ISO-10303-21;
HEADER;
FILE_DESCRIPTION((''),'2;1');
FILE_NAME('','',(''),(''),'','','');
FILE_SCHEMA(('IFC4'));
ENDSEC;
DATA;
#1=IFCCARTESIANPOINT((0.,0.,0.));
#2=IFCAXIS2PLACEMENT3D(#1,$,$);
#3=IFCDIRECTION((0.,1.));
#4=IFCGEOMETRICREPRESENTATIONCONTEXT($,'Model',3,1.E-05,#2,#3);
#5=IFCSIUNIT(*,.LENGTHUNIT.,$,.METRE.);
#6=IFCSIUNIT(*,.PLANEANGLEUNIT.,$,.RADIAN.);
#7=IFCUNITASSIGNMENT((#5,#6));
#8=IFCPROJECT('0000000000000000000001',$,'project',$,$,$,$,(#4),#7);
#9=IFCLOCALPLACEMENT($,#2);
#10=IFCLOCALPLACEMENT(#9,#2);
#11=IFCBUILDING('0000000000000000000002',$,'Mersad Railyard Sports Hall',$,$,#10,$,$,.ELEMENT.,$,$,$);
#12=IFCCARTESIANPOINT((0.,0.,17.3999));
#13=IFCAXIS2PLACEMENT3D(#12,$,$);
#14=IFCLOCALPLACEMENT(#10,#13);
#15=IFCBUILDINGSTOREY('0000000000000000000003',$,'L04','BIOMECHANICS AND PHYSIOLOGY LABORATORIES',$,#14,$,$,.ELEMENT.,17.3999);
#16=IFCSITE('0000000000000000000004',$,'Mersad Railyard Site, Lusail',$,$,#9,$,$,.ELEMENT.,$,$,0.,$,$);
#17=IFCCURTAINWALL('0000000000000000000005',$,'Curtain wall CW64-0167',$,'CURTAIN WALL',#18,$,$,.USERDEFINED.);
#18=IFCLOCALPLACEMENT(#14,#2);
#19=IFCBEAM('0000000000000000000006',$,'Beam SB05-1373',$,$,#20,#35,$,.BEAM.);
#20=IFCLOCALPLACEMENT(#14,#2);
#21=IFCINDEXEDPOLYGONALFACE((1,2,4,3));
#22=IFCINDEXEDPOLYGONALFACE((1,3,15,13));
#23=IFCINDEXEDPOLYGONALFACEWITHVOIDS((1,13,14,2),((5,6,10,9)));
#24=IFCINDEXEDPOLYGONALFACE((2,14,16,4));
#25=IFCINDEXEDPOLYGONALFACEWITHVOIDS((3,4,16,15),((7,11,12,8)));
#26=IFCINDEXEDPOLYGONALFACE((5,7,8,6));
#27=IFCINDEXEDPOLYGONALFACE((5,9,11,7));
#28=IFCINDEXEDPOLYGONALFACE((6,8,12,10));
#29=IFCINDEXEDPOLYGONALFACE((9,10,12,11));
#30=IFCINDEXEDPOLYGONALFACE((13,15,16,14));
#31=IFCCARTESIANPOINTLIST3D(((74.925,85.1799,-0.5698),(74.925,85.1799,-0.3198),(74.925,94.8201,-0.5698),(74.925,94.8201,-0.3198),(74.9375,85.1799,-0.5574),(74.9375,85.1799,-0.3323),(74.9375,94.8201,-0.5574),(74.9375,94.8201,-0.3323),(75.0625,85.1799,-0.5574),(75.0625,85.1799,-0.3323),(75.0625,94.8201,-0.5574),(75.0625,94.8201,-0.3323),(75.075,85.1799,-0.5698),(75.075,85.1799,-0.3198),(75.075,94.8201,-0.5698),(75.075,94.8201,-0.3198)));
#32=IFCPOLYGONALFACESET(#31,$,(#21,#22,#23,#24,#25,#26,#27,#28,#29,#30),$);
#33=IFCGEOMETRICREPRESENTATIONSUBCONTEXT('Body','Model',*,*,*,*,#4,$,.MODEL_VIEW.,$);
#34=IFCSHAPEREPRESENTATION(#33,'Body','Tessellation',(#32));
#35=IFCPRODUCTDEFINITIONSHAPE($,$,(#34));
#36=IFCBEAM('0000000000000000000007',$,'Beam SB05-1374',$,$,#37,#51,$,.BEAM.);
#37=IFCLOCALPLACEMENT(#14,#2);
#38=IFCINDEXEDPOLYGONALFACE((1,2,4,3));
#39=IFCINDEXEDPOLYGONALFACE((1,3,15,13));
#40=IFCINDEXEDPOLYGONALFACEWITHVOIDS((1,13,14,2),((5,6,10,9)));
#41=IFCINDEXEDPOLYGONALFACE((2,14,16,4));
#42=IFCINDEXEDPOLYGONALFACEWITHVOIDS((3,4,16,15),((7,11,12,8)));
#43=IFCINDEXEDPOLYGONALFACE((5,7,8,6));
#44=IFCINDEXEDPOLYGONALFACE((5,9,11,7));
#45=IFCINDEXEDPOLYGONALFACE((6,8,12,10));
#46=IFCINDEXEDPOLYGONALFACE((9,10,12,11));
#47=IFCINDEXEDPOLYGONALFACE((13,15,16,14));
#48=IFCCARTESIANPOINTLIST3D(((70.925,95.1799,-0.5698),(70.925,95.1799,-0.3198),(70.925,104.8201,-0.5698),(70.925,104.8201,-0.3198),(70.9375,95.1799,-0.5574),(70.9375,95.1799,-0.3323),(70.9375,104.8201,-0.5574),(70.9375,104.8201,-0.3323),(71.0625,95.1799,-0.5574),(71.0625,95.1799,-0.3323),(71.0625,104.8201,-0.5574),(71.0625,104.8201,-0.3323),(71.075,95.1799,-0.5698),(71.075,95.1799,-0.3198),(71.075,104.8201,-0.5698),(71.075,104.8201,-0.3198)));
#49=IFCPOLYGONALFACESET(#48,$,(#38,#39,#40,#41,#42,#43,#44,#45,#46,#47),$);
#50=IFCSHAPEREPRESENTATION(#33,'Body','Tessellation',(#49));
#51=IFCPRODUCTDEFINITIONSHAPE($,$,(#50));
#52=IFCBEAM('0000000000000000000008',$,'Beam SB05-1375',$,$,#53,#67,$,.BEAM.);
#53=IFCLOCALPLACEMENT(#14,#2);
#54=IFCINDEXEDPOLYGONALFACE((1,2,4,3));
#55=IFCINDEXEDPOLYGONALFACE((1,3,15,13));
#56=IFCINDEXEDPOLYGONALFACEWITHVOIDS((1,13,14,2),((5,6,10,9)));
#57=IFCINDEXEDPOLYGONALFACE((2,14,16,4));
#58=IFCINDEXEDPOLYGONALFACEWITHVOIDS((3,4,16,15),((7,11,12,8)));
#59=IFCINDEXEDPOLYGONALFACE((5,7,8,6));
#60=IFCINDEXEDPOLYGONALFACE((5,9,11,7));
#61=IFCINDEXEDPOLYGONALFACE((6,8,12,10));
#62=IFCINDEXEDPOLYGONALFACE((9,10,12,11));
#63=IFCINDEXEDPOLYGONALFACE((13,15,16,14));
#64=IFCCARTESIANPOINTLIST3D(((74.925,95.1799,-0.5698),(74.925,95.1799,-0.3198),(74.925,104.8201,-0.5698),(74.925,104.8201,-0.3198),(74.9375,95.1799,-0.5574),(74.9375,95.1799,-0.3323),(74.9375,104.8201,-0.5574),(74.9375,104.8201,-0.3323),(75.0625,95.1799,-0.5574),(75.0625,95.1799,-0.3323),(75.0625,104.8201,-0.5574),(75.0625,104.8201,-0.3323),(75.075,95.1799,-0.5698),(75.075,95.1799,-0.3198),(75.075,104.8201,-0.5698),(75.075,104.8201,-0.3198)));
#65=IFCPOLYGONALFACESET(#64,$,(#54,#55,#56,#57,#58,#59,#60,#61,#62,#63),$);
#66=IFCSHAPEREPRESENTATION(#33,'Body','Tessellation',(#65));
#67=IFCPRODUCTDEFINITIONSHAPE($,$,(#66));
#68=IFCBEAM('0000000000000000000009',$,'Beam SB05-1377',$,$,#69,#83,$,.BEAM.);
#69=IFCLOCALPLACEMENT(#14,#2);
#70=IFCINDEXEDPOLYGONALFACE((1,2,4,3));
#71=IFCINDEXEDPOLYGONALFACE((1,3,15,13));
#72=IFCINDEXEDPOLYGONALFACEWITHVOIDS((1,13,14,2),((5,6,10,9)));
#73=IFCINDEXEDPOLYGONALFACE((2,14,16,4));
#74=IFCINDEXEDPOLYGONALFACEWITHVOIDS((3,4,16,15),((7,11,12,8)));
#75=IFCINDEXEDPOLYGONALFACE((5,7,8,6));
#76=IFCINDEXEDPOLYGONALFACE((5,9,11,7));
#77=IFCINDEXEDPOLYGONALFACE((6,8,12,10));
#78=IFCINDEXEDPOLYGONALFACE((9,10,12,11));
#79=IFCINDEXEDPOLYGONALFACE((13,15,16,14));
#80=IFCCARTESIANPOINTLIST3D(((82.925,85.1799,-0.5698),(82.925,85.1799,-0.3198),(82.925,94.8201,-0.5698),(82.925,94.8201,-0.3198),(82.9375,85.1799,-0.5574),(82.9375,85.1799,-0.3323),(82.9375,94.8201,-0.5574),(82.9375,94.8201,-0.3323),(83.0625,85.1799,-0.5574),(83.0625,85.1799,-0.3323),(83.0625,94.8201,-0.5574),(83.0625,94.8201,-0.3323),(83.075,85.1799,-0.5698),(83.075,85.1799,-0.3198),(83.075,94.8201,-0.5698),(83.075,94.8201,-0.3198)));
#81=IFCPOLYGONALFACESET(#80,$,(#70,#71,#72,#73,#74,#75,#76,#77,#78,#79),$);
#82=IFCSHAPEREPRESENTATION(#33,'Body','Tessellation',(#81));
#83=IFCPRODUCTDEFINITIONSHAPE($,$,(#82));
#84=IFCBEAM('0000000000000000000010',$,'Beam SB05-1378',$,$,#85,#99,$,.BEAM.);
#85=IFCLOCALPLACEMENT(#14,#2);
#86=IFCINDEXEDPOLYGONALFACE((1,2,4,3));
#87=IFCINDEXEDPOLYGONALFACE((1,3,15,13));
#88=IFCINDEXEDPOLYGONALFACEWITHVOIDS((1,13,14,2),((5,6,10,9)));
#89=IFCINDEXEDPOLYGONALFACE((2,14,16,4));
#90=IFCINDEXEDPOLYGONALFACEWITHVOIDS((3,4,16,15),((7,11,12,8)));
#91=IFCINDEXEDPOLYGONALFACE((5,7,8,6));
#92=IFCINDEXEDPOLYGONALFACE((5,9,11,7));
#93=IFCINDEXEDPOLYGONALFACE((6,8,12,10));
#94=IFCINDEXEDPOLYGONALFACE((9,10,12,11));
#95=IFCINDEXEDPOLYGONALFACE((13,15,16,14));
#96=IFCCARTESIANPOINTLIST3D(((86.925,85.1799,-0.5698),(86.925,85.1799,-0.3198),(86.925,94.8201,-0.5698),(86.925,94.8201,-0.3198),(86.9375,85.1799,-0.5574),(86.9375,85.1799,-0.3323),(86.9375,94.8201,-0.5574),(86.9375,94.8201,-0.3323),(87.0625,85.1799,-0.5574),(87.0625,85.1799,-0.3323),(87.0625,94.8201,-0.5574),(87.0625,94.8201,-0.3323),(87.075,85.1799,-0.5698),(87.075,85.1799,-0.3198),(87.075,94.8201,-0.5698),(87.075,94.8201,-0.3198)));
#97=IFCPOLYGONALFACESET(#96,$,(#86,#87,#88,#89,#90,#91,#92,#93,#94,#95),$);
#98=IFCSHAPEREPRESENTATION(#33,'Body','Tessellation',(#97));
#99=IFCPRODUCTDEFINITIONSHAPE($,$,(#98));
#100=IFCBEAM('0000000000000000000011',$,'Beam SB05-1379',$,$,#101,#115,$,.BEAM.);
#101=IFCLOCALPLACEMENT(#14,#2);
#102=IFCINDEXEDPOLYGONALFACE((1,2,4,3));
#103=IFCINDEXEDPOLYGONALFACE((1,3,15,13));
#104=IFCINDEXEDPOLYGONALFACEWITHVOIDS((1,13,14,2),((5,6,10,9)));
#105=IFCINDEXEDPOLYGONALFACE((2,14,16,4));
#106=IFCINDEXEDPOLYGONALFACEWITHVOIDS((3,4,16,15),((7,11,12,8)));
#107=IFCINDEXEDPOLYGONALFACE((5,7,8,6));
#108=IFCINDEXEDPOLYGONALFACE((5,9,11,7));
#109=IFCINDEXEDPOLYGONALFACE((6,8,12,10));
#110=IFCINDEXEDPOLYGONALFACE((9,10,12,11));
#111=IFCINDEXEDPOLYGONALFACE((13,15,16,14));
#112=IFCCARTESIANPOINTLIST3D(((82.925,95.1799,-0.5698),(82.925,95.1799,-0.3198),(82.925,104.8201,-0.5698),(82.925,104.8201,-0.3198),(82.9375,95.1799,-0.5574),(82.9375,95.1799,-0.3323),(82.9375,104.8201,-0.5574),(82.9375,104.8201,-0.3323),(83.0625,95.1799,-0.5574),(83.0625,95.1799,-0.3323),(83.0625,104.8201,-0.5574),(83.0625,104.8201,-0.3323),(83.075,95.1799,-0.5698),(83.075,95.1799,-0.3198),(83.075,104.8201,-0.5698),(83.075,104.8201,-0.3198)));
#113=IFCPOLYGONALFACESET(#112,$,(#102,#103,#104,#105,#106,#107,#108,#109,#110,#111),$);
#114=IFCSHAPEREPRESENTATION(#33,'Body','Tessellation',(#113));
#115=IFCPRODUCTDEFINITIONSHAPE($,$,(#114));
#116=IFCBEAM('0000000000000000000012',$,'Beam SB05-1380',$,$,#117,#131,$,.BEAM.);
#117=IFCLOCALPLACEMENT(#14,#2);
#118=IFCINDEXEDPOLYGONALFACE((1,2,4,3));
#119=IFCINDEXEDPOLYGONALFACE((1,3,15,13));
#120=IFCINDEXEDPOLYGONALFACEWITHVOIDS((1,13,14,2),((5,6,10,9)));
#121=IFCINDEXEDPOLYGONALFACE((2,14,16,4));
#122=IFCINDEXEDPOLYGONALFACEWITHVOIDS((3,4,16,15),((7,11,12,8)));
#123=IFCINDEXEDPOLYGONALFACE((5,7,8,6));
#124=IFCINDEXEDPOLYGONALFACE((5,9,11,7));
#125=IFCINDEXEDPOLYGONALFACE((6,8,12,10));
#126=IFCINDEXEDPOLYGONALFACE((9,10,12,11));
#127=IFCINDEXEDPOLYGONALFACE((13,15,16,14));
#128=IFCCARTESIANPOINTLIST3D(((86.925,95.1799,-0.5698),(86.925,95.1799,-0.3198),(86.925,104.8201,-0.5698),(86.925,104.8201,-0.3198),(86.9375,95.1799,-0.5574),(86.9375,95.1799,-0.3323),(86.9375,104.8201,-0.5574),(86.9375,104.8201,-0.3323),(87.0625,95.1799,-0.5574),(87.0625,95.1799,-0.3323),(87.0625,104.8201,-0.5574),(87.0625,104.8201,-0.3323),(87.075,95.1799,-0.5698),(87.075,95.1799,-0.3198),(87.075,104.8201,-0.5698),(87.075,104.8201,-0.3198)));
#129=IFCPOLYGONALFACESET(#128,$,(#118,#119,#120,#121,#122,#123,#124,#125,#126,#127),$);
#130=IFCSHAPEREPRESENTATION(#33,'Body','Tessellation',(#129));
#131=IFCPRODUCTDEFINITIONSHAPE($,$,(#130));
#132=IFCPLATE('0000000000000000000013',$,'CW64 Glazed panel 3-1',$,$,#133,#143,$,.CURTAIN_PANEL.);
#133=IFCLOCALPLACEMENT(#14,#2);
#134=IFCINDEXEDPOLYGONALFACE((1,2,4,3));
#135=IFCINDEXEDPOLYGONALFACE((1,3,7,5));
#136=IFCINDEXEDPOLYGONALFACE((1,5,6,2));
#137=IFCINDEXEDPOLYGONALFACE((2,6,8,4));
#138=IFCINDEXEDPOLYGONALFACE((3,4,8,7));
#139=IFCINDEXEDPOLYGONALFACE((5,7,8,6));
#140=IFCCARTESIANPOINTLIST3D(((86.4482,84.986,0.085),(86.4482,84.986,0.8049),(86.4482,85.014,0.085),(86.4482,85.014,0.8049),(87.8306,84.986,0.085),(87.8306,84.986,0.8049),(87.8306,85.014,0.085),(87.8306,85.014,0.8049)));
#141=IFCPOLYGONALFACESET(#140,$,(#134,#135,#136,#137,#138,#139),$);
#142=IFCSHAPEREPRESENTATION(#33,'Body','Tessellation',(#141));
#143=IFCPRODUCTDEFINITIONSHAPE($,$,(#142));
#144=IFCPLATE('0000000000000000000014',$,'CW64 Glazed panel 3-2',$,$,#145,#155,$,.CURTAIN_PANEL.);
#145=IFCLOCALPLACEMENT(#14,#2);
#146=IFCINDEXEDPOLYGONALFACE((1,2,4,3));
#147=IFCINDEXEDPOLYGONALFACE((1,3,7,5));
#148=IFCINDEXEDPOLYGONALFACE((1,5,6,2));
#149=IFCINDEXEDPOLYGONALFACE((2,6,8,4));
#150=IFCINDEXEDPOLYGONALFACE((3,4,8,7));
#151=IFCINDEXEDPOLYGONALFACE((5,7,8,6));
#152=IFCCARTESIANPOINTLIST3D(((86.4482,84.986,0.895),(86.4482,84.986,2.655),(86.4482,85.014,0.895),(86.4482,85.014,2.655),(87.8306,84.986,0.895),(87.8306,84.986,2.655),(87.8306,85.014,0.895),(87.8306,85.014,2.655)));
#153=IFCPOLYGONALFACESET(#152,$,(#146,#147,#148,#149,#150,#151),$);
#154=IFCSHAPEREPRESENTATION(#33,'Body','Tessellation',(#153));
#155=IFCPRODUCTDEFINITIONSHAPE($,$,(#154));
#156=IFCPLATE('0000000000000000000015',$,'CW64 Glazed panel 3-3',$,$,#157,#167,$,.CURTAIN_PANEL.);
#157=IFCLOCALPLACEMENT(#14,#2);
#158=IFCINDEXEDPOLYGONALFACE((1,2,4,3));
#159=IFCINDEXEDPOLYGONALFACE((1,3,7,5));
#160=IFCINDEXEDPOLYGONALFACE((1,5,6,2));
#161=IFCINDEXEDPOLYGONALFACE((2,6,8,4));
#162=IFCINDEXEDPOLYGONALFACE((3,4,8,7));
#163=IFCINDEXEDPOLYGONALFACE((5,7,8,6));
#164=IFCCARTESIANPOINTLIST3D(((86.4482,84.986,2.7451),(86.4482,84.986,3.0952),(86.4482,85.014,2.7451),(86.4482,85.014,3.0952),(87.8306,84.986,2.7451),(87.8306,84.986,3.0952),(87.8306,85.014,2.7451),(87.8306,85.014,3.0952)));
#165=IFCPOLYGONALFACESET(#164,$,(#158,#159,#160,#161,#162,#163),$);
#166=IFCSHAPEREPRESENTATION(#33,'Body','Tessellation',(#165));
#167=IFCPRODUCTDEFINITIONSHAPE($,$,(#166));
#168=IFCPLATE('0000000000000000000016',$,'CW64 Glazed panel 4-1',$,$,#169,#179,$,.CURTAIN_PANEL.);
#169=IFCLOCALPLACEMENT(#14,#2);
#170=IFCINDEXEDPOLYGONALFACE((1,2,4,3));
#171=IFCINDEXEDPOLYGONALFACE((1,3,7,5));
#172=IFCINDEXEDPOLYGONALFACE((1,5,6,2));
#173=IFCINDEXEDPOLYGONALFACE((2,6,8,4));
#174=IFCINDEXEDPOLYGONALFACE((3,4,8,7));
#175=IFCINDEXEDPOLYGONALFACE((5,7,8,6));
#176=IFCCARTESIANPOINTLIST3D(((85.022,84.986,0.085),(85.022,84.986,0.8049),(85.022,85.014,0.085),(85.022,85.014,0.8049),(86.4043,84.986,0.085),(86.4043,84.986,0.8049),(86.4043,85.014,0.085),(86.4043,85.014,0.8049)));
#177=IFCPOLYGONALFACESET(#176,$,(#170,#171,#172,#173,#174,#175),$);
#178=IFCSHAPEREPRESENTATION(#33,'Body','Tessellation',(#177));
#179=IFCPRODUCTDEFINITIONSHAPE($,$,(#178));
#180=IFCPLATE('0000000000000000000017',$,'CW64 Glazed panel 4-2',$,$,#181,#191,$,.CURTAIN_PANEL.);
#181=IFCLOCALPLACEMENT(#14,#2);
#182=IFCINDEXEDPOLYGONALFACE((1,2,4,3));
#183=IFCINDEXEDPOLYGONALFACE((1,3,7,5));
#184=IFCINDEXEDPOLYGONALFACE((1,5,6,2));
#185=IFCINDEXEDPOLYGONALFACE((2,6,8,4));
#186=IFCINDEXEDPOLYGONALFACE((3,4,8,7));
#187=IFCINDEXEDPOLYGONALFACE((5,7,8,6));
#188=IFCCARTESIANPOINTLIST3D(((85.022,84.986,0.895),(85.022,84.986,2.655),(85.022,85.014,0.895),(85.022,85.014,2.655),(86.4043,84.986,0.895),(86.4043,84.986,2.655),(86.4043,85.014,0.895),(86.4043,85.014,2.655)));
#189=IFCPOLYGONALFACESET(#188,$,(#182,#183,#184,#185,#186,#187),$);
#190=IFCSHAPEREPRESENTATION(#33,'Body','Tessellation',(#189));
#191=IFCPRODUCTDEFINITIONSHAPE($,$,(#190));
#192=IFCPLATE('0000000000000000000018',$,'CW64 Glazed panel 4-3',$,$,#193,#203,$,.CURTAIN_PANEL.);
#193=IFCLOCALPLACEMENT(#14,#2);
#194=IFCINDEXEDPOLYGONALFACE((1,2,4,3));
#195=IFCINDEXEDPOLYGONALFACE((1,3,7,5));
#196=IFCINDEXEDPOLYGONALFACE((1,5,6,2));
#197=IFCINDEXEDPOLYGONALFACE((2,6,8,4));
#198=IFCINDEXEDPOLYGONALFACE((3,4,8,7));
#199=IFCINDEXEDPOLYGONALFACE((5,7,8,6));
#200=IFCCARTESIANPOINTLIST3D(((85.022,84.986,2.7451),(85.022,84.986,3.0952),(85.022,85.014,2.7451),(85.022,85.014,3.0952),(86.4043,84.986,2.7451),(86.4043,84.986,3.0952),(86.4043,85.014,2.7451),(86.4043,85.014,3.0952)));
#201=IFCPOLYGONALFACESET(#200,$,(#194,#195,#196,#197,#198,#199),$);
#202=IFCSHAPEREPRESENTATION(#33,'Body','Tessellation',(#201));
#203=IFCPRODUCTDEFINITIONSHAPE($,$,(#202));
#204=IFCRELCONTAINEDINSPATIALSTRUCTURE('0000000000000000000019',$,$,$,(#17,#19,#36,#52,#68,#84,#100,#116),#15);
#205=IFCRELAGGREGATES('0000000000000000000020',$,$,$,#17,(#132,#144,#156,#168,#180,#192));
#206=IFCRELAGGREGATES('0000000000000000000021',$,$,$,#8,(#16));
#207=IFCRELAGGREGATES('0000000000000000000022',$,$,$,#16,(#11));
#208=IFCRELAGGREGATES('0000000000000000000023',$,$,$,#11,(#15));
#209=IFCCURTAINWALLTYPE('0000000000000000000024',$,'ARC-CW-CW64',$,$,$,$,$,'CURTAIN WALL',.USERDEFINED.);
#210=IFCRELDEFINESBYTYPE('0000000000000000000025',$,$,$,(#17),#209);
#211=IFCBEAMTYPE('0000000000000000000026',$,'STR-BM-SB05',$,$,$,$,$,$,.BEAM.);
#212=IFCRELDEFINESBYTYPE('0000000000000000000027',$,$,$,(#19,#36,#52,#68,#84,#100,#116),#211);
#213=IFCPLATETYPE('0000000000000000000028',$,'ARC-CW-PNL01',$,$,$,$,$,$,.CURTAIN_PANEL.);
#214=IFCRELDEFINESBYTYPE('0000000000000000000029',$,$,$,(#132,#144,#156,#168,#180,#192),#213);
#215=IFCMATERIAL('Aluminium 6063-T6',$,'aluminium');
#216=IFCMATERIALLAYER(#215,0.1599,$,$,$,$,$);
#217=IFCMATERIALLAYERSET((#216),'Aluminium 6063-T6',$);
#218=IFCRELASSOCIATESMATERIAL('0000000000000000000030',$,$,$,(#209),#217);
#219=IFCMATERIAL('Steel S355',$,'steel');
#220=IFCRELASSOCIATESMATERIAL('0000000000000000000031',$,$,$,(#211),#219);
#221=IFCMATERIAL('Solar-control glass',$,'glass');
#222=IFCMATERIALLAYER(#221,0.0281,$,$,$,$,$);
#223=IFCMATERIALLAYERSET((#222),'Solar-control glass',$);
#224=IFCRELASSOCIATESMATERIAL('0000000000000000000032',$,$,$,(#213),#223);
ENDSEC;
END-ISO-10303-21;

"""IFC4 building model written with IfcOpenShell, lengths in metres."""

from ifc_helpers import new_model, si_unit, direction, frame, origin, origin_2d, place, context, subcontext, project, spatial, rectangle, hollow_rectangle, extrude, material, layer, layer_set, material_profile, profile_set, type_object, element, aggregate, save


model = new_model("IFC4")

# Units and contexts
model_context = context("Model", 3, precision=1e-05, world=origin(), true_north=direction((0.0, 1.0)))
body_context = subcontext(model_context, "Body", "Model", "MODEL_VIEW")
ifc_project = project(units=[si_unit("LENGTHUNIT", "METRE"), si_unit("PLANEANGLEUNIT", "RADIAN")], contexts=[model_context])

# Site, building, storey
site_placement = place(None, origin())
site = spatial("IfcSite", under=ifc_project, at=site_placement, Name="Mersad Railyard Site, Lusail", CompositionType="ELEMENT", RefElevation=0.0)
building_placement = place(site_placement, origin())
building = spatial("IfcBuilding", under=site, at=building_placement, Name="Mersad Railyard Sports Hall", CompositionType="ELEMENT")
storey_placement = place(building_placement, frame((0.0, 0.0, 17.3999)))
storey = spatial("IfcBuildingStorey", under=building, at=storey_placement, Name="L04", Description="BIOMECHANICS AND PHYSIOLOGY LABORATORIES", CompositionType="ELEMENT", Elevation=17.3999)

# Curtain wall
ifc_material_1 = material(Name="Aluminium 6063-T6", Category="aluminium")
ifc_layer_1 = layer(ifc_material_1, 0.1599)
ifc_layer_set_1 = layer_set([ifc_layer_1], Name="Aluminium 6063-T6")
curtain_wall_type = type_object("IfcCurtainWallType", Name="ARC-CW-CW64", ElementType="CURTAIN WALL", PredefinedType="USERDEFINED", material=ifc_layer_set_1)
curtain_wall_placement = place(storey_placement, origin())
curtain_wall = element("IfcCurtainWall", 1, at=curtain_wall_placement, inside=storey, type_object=curtain_wall_type, Name="Curtain wall CW64-0167", ObjectType="CURTAIN WALL", PredefinedType="USERDEFINED")

# Beams
ifc_material_2 = material(Name="Steel S355", Category="steel")
ifc_material_profile_1 = material_profile(ifc_material_2, hollow_rectangle(XDim=0.1499, YDim=0.25, WallThickness=0.0125, at=origin_2d()), Name="RHS 250x150x12.5")
ifc_profile_set_1 = profile_set([ifc_material_profile_1], Name="Steel S355")
beam_type_1 = type_object("IfcBeamType", Name="STR-BM-SB05", PredefinedType="BEAM", material=ifc_profile_set_1)
for number, where, z_axis, x_axis, name in (
    (2, (75.0, 85.1799, -0.4448), (0.0, 1.0, 0.0), (-1.0, 0.0, 0.0), "Beam SB05-1373"),
    (3, (71.0, 95.1799, -0.4448), (0.0, 1.0, 0.0), (-1.0, 0.0, 0.0), "Beam SB05-1374"),
    (4, (75.0, 95.1799, -0.4448), (0.0, 1.0, 0.0), (-1.0, 0.0, 0.0), "Beam SB05-1375"),
    (5, (83.0, 85.1799, -0.4448), (0.0, 1.0, 0.0), (-1.0, 0.0, 0.0), "Beam SB05-1377"),
    (6, (87.0, 85.1799, -0.4448), (0.0, 1.0, 0.0), (-1.0, 0.0, 0.0), "Beam SB05-1378"),
    (7, (83.0, 95.1799, -0.4448), (0.0, 1.0, 0.0), (-1.0, 0.0, 0.0), "Beam SB05-1379"),
    (8, (87.0, 95.1799, -0.4448), (0.0, 1.0, 0.0), (-1.0, 0.0, 0.0), "Beam SB05-1380"),
):
    element("IfcBeam", number, at=place(storey_placement, frame(where, z_axis=z_axis, x_axis=x_axis)), inside=storey, type_object=beam_type_1, Name=name, PredefinedType="BEAM", context=body_context, shape_type="SweptSolid", body=[
        extrude(hollow_rectangle(XDim=0.1499, YDim=0.25, WallThickness=0.0125, at=origin_2d()), origin(), (0.0, 0.0, 1.0), 9.6401),
    ])

# Plates
ifc_material_3 = material(Name="Solar-control glass", Category="glass")
ifc_layer_2 = layer(ifc_material_3, 0.0281)
ifc_layer_set_2 = layer_set([ifc_layer_2], Name="Solar-control glass")
plate_type = type_object("IfcPlateType", Name="ARC-CW-PNL01", PredefinedType="CURTAIN_PANEL", material=ifc_layer_set_2)
plate_1_placement = place(storey_placement, frame((87.1394, 85.0, 0.085), z_axis=(0.0, 0.0, 1.0), x_axis=(-1.0, 0.0, 0.0)))
plate_1 = element("IfcPlate", 9, at=plate_1_placement, type_object=plate_type, Name="CW64 Glazed panel 3-1", PredefinedType="CURTAIN_PANEL", context=body_context, shape_type="SweptSolid", body=[
    extrude(rectangle(XDim=1.3823, YDim=0.0281, at=origin_2d()), origin(), (0.0, 0.0, 1.0), 0.72),
])
plate_2_placement = place(storey_placement, frame((87.1394, 85.0, 0.895), z_axis=(0.0, 0.0, 1.0), x_axis=(-1.0, 0.0, 0.0)))
plate_2 = element("IfcPlate", 10, at=plate_2_placement, type_object=plate_type, Name="CW64 Glazed panel 3-2", PredefinedType="CURTAIN_PANEL", context=body_context, shape_type="SweptSolid", body=[
    extrude(rectangle(XDim=1.3823, YDim=0.0281, at=origin_2d()), origin(), (0.0, 0.0, 1.0), 1.76),
])
plate_3_placement = place(storey_placement, frame((87.1394, 85.0, 2.7451), z_axis=(0.0, 0.0, 1.0), x_axis=(-1.0, 0.0, 0.0)))
plate_3 = element("IfcPlate", 11, at=plate_3_placement, type_object=plate_type, Name="CW64 Glazed panel 3-3", PredefinedType="CURTAIN_PANEL", context=body_context, shape_type="SweptSolid", body=[
    extrude(rectangle(XDim=1.3823, YDim=0.0281, at=origin_2d()), origin(), (0.0, 0.0, 1.0), 0.3501),
])
plate_4_placement = place(storey_placement, frame((85.7131, 85.0, 0.085), z_axis=(0.0, 0.0, 1.0), x_axis=(-1.0, 0.0, 0.0)))
plate_4 = element("IfcPlate", 12, at=plate_4_placement, type_object=plate_type, Name="CW64 Glazed panel 4-1", PredefinedType="CURTAIN_PANEL", context=body_context, shape_type="SweptSolid", body=[
    extrude(rectangle(XDim=1.3823, YDim=0.0281, at=origin_2d()), origin(), (0.0, 0.0, 1.0), 0.72),
])
plate_5_placement = place(storey_placement, frame((85.7131, 85.0, 0.895), z_axis=(0.0, 0.0, 1.0), x_axis=(-1.0, 0.0, 0.0)))
plate_5 = element("IfcPlate", 13, at=plate_5_placement, type_object=plate_type, Name="CW64 Glazed panel 4-2", PredefinedType="CURTAIN_PANEL", context=body_context, shape_type="SweptSolid", body=[
    extrude(rectangle(XDim=1.3823, YDim=0.0281, at=origin_2d()), origin(), (0.0, 0.0, 1.0), 1.76),
])
plate_6_placement = place(storey_placement, frame((85.7131, 85.0, 2.7451), z_axis=(0.0, 0.0, 1.0), x_axis=(-1.0, 0.0, 0.0)))
plate_6 = element("IfcPlate", 14, at=plate_6_placement, type_object=plate_type, Name="CW64 Glazed panel 4-3", PredefinedType="CURTAIN_PANEL", context=body_context, shape_type="SweptSolid", body=[
    extrude(rectangle(XDim=1.3823, YDim=0.0281, at=origin_2d()), origin(), (0.0, 0.0, 1.0), 0.3501),
])
aggregate(curtain_wall, [plate_1, plate_2, plate_3, plate_4, plate_5, plate_6])

save(model, "model.ifc")
